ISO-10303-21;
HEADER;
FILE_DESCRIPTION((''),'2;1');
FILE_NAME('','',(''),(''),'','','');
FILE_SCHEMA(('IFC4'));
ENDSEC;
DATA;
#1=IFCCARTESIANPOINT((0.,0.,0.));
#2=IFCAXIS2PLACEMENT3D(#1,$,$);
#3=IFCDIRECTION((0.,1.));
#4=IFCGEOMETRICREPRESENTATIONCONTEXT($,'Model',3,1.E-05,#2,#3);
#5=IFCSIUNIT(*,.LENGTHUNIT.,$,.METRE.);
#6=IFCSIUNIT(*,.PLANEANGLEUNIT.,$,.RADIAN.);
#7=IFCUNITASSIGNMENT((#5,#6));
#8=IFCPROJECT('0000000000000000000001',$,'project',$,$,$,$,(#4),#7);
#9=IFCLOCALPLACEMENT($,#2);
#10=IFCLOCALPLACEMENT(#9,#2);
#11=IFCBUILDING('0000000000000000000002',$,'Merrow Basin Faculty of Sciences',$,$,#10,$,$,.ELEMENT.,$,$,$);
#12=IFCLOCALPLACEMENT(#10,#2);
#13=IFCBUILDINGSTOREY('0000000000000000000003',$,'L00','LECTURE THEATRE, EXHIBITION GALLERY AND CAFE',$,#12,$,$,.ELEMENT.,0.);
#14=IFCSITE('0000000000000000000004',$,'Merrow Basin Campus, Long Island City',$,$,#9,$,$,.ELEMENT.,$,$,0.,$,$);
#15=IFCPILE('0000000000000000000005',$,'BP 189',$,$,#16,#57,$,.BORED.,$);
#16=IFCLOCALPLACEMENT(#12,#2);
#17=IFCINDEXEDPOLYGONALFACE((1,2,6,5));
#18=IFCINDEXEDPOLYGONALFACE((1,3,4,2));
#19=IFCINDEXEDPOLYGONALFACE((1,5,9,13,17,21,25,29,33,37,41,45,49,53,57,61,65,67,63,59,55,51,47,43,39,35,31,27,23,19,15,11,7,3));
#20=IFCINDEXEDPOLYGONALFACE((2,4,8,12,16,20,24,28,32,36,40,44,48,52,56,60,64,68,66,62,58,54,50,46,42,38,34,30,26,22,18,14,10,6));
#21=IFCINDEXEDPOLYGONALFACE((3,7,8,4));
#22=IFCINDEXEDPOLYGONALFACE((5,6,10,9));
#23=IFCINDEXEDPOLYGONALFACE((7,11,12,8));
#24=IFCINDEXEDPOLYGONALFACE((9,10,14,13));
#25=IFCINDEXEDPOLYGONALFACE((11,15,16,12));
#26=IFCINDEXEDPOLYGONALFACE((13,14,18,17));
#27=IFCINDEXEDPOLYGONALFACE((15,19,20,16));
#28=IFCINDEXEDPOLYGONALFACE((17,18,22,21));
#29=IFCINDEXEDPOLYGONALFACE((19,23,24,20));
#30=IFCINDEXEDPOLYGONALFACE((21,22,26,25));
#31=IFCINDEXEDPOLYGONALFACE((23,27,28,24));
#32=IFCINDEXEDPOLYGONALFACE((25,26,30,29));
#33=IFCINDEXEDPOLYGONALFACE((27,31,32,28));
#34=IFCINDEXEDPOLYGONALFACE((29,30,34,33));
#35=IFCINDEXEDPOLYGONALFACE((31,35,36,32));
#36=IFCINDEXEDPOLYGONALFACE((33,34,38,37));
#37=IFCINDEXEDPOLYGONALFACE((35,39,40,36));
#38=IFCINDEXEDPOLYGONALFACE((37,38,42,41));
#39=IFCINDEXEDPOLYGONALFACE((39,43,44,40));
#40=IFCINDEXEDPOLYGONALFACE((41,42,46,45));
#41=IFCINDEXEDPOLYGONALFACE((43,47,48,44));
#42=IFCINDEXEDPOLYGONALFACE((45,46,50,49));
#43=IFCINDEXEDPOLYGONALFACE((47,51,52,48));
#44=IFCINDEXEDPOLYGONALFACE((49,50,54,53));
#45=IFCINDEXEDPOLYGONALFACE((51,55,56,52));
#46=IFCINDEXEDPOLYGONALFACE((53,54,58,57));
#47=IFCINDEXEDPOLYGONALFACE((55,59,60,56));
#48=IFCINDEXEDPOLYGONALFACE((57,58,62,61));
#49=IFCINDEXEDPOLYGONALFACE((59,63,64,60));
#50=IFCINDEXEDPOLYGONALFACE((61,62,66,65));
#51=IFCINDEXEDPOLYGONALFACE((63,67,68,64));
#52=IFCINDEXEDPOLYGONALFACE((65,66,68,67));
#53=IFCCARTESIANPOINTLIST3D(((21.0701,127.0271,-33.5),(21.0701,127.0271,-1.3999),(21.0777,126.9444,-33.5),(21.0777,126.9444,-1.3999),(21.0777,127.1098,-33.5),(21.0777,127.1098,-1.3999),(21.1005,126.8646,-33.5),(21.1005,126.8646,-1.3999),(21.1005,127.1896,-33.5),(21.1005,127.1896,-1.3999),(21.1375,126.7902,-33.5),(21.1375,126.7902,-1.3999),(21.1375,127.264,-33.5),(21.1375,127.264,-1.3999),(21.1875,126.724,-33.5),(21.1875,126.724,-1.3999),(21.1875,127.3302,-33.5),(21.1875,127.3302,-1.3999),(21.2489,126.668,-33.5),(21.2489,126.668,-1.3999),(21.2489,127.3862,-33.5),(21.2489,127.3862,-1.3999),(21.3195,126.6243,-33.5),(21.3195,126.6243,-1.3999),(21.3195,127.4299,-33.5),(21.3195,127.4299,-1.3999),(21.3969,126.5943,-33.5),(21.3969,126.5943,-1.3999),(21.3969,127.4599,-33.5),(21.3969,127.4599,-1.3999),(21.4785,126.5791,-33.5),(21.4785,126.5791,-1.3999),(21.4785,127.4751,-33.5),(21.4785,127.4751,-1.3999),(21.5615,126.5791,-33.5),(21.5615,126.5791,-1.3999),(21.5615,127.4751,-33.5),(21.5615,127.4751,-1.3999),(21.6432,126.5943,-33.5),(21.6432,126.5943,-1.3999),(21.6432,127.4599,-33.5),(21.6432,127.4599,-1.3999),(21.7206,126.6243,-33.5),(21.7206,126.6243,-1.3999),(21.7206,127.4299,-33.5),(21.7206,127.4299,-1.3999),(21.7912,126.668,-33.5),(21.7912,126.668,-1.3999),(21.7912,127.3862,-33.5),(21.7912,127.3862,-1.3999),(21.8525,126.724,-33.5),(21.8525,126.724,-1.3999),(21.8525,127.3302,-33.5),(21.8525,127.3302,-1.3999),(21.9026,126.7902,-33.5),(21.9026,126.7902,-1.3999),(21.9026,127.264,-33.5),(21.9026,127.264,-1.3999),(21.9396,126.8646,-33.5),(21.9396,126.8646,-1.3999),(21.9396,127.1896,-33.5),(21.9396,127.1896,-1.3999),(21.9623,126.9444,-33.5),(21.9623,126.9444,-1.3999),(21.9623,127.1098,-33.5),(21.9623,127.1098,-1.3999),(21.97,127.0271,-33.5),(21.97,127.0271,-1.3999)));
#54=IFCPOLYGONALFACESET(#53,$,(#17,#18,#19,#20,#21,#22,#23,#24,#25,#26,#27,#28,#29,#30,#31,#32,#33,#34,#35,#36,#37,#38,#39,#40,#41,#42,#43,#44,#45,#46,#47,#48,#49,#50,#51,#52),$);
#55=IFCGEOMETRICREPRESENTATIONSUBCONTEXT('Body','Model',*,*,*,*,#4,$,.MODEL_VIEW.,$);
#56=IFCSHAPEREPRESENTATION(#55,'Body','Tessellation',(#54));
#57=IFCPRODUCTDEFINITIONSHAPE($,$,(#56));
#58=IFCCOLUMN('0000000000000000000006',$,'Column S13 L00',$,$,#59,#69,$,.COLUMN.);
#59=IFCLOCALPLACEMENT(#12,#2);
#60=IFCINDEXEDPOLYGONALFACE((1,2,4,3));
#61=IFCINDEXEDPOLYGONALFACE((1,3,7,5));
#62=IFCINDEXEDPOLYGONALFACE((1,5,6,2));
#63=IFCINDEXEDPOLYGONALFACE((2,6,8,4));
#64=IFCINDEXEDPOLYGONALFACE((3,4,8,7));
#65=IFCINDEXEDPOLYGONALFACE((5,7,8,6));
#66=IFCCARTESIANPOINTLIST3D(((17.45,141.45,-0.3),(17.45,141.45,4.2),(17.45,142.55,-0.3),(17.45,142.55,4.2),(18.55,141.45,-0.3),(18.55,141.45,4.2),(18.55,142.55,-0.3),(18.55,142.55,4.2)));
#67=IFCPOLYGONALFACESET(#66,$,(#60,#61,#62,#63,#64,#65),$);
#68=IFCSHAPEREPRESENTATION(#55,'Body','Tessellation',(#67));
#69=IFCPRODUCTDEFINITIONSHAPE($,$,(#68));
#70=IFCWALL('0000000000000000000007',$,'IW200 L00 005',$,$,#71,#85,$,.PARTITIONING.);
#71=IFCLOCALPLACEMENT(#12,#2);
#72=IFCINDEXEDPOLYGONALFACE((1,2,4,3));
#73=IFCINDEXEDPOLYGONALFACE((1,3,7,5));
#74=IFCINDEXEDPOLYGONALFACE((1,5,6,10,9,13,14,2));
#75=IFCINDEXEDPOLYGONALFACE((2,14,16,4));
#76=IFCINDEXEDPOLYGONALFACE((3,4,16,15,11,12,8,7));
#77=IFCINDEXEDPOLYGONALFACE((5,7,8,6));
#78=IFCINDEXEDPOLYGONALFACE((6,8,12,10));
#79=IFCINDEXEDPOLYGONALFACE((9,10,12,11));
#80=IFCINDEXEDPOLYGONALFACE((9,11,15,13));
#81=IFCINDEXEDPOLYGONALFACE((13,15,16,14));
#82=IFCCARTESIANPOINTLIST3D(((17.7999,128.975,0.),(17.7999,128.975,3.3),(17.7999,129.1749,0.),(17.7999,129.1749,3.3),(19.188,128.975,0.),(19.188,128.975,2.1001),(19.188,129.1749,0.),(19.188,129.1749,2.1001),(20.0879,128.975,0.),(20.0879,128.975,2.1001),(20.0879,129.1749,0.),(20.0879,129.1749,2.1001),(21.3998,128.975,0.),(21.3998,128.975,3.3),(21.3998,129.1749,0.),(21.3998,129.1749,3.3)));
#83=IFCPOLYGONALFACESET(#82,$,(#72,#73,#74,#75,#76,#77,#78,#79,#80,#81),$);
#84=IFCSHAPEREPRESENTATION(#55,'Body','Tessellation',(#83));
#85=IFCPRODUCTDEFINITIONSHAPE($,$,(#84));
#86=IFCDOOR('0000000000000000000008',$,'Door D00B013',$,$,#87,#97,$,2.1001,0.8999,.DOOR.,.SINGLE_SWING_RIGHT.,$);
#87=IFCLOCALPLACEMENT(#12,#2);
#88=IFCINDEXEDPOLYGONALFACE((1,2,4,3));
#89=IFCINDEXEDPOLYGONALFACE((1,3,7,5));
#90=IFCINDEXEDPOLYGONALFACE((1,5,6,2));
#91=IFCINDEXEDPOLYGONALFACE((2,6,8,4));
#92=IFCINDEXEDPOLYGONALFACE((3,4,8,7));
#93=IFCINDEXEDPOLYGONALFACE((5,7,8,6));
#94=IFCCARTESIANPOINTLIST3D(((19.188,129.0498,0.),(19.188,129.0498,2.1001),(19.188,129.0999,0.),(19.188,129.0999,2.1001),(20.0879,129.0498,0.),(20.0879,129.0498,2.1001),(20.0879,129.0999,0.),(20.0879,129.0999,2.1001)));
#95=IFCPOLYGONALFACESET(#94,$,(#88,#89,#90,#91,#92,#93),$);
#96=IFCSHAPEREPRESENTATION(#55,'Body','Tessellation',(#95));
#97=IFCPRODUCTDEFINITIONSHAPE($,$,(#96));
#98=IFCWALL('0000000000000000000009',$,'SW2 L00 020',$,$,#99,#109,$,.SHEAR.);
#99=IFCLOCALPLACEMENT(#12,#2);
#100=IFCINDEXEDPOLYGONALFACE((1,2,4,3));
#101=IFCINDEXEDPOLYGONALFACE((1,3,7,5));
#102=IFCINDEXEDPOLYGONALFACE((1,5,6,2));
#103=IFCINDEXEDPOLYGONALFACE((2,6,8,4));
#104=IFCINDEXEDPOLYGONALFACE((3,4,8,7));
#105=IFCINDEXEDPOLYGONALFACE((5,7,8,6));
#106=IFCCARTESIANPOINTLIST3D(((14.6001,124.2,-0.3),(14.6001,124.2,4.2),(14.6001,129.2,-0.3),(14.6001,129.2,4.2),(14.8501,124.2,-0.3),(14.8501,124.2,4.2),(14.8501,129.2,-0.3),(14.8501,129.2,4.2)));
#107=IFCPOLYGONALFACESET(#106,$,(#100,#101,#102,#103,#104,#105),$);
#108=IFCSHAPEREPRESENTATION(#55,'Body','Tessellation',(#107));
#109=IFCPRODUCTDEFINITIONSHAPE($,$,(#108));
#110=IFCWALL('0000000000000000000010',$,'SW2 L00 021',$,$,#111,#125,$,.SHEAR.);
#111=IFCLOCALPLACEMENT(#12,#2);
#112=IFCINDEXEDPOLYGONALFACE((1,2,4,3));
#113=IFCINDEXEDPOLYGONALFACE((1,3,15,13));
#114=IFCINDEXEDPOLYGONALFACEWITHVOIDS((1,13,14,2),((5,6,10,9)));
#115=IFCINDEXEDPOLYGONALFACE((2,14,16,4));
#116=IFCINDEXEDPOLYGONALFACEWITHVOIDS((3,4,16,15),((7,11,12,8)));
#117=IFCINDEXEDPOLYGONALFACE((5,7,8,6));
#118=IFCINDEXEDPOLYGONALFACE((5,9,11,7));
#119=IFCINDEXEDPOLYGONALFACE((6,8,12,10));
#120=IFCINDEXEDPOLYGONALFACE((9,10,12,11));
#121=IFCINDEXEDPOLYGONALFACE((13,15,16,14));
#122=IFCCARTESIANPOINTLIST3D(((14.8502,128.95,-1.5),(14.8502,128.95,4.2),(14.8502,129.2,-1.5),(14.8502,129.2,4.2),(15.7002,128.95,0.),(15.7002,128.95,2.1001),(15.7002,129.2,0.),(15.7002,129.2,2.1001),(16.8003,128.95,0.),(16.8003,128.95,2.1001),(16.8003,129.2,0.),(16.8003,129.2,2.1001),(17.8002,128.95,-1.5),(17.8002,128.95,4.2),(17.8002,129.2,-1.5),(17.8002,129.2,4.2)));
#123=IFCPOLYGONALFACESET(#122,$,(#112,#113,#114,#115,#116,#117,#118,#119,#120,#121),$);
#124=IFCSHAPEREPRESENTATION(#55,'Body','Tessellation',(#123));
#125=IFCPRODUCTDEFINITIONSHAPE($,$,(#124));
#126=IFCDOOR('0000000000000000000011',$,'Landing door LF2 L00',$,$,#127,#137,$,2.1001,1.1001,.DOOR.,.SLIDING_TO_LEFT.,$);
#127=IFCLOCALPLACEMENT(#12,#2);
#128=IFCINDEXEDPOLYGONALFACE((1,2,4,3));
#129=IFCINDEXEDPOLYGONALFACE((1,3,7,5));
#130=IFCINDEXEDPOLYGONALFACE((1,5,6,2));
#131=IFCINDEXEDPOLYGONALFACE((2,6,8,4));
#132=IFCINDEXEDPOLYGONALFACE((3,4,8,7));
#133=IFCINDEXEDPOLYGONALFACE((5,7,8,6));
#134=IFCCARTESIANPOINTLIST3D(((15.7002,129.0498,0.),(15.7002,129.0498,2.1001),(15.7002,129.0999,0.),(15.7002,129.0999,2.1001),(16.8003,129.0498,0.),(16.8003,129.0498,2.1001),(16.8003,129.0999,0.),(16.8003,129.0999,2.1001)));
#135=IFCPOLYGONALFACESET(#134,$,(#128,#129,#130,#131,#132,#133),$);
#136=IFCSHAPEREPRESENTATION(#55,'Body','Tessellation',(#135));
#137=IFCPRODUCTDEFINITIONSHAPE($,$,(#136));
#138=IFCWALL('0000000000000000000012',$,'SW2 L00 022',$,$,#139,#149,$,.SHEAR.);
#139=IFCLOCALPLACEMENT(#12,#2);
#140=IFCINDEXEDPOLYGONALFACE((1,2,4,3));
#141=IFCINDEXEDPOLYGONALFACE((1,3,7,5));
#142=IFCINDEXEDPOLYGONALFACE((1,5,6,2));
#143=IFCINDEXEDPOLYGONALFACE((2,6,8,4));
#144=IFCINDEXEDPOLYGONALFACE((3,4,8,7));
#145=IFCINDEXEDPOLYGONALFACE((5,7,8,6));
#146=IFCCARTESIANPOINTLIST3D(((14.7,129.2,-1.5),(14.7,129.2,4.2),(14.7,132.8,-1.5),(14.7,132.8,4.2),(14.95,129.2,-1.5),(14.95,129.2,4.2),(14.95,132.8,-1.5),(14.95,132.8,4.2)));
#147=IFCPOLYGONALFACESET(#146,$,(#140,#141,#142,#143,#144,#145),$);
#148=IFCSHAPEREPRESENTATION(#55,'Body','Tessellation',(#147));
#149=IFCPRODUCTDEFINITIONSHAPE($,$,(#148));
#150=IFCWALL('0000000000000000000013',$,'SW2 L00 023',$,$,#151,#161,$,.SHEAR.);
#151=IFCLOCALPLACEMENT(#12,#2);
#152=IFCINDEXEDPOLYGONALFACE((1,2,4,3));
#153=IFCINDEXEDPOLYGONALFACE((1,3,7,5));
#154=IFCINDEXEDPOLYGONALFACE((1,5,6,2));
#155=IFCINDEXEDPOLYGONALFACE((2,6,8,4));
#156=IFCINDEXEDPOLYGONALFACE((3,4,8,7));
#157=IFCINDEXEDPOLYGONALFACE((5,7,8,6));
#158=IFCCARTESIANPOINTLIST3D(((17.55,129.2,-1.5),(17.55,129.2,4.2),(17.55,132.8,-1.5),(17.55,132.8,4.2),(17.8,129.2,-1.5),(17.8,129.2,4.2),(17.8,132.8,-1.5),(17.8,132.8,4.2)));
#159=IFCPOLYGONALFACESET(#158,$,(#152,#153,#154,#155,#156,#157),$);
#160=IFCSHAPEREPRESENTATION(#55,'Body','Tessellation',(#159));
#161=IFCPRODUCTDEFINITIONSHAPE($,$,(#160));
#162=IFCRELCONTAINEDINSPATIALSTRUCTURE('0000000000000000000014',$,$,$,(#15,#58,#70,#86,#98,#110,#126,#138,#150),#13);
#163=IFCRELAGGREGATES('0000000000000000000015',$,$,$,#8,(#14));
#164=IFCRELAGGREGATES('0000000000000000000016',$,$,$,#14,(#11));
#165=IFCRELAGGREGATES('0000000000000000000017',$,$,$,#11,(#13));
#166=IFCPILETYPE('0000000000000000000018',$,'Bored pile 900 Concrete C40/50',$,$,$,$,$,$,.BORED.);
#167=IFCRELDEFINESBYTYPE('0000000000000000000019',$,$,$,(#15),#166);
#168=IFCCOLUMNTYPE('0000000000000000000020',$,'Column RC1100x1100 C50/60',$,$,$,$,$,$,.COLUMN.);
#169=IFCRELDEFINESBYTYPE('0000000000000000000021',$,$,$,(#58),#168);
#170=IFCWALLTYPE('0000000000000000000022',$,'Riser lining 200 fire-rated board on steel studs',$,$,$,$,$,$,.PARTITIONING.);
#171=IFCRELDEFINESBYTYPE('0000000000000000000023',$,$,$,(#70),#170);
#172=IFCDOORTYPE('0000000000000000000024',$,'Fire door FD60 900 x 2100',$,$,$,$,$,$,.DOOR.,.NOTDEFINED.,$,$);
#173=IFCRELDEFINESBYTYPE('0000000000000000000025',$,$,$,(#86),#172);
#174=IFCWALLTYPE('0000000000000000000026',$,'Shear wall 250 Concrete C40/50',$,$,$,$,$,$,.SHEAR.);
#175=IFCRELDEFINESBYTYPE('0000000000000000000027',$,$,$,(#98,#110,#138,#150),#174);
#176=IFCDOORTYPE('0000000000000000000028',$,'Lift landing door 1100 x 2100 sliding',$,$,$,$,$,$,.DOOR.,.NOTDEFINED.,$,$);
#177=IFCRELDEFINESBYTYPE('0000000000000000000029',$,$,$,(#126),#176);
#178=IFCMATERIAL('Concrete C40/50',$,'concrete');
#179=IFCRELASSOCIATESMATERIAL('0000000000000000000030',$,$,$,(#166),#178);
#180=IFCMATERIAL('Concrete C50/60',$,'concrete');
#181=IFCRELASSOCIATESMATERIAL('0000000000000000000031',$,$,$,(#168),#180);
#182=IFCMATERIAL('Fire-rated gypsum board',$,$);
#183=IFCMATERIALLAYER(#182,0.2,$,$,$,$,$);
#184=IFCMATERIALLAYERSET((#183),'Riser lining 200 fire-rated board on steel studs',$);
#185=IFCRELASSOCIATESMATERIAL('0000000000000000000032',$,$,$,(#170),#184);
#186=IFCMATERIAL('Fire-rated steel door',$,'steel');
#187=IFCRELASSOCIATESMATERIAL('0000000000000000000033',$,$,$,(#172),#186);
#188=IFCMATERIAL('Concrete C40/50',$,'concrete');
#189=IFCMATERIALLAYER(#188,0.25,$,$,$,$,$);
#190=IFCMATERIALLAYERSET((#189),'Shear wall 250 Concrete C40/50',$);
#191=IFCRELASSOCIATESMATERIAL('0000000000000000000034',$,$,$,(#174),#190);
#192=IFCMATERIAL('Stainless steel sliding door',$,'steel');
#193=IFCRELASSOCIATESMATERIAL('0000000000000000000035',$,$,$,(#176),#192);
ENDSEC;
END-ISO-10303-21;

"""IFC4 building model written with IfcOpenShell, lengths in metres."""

from ifc_helpers import new_model, si_unit, direction, frame, frame_2d, origin, origin_2d, place, context, subcontext, project, spatial, rectangle, circle, extrude, material, layer, layer_set, material_profile, profile_set, type_object, element, fill, save


model = new_model("IFC4")

# Units and contexts
model_context = context("Model", 3, precision=1e-05, world=origin(), true_north=direction((0.0, 1.0)))
body_context = subcontext(model_context, "Body", "Model", "MODEL_VIEW")
ifc_project = project(units=[si_unit("LENGTHUNIT", "METRE"), si_unit("PLANEANGLEUNIT", "RADIAN")], contexts=[model_context])

# Site, building, storey
site_placement = place(None, origin())
site = spatial("IfcSite", under=ifc_project, at=site_placement, Name="Merrow Basin Campus, Long Island City", CompositionType="ELEMENT", RefElevation=0.0)
building_placement = place(site_placement, origin())
building = spatial("IfcBuilding", under=site, at=building_placement, Name="Merrow Basin Faculty of Sciences", CompositionType="ELEMENT")
storey_placement = place(building_placement, origin())
storey = spatial("IfcBuildingStorey", under=building, at=storey_placement, Name="L00", Description="LECTURE THEATRE, EXHIBITION GALLERY AND CAFE", CompositionType="ELEMENT", Elevation=0.0)

# Pile
ifc_material_1 = material(Name="Concrete C40/50", Category="concrete")
ifc_material_profile_1 = material_profile(ifc_material_1, circle(Radius=0.45, at=origin_2d()))
ifc_profile_set_1 = profile_set([ifc_material_profile_1], Name="Concrete C40/50")
pile_type_1 = type_object("IfcPileType", Name="Bored pile 900 Concrete C40/50", PredefinedType="BORED", material=ifc_profile_set_1)
for number, where, z_axis, x_axis, name in (
    (1, (21.52, 127.0271, -1.3999), (0.0, 0.0, -1.0), (1.0, 0.0, 0.0), "BP 189"),
):
    element("IfcPile", number, at=place(storey_placement, frame(where, z_axis=z_axis, x_axis=x_axis)), inside=storey, type_object=pile_type_1, Name=name, PredefinedType="BORED", context=body_context, shape_type="SweptSolid", body=[
        extrude(circle(Radius=0.45, at=origin_2d()), origin(), (0.0, 0.0, 1.0), 32.1001),
    ])

# Column
ifc_material_2 = material(Name="Concrete C50/60", Category="concrete")
ifc_material_profile_2 = material_profile(ifc_material_2, rectangle(XDim=1.1001, YDim=1.1001, at=origin_2d()))
ifc_profile_set_2 = profile_set([ifc_material_profile_2], Name="Concrete C50/60")
column_type = type_object("IfcColumnType", Name="Column RC1100x1100 C50/60", PredefinedType="COLUMN", material=ifc_profile_set_2)
column_placement = place(storey_placement, frame((18.0, 142.0, -0.3), z_axis=(0.0, 0.0, 1.0), x_axis=(1.0, 0.0, 0.0)))
element("IfcColumn", 2, at=column_placement, inside=storey, type_object=column_type, Name="Column S13 L00", PredefinedType="COLUMN", context=body_context, shape_type="SweptSolid", body=[
    extrude(rectangle(XDim=1.1001, YDim=1.1001, at=origin_2d()), origin(), (0.0, 0.0, 1.0), 4.5),
])

# Wall, opening, door
ifc_material_3 = material(Name="Fire-rated gypsum board")
ifc_layer_1 = layer(ifc_material_3, 0.2)
ifc_layer_set_1 = layer_set([ifc_layer_1], Name="Riser lining 200 fire-rated board on steel studs")
wall_type_1 = type_object("IfcWallType", Name="Riser lining 200 fire-rated board on steel studs", PredefinedType="PARTITIONING", material=ifc_layer_set_1)
wall_1_placement = place(storey_placement, frame((17.8, 129.075, 0.0), z_axis=(0.0, 0.0, 1.0), x_axis=(1.0, 0.0, 0.0)))
wall_1 = element("IfcWall", 3, at=wall_1_placement, inside=storey, type_object=wall_type_1, Name="IW200 L00 005", PredefinedType="PARTITIONING", context=body_context, shape_type="SweptSolid", body=[
    extrude(rectangle(XDim=3.5999, YDim=0.2, at=frame_2d((1.7998, 0.0))), origin(), (0.0, 0.0, 1.0), 3.3),
])
opening_1_placement = place(wall_1_placement, frame((1.3879, 0.0, 0.0)))
opening_1 = element("IfcOpeningElement", 4, at=opening_1_placement, cuts=wall_1, PredefinedType="OPENING", context=body_context, shape_type="SweptSolid", body=[
    extrude(rectangle(XDim=0.8999, YDim=2.1001, at=frame_2d((0.45, 1.05))), frame((0.0, 0.1099, 0.0), z_axis=(0.0, -1.0, 0.0), x_axis=(1.0, 0.0, 0.0)), (0.0, 0.0, 1.0), 0.22),
])
ifc_material_4 = material(Name="Fire-rated steel door", Category="steel")
door_type_1 = type_object("IfcDoorType", Name="Fire door FD60 900 x 2100", OperationType="NOTDEFINED", PredefinedType="DOOR", material=ifc_material_4)
door_1_placement = place(opening_1_placement, origin())
door_1 = element("IfcDoor", 5, at=door_1_placement, inside=storey, type_object=door_type_1, Name="Door D00B013", OperationType="SINGLE_SWING_RIGHT", OverallHeight=2.1001, OverallWidth=0.8999, PredefinedType="DOOR", context=body_context, shape_type="SweptSolid", body=[
    extrude(rectangle(XDim=0.8999, YDim=2.1001, at=frame_2d((0.45, 1.05))), frame((0.0, 0.0249, 0.0), z_axis=(0.0, -1.0, 0.0), x_axis=(1.0, 0.0, 0.0)), (0.0, 0.0, 1.0), 0.05),
])
fill(opening_1, door_1)

# Wall
ifc_material_5 = material(Name="Concrete C40/50", Category="concrete")
ifc_layer_2 = layer(ifc_material_5, 0.25)
ifc_layer_set_2 = layer_set([ifc_layer_2], Name="Shear wall 250 Concrete C40/50")
wall_type_2 = type_object("IfcWallType", Name="Shear wall 250 Concrete C40/50", PredefinedType="SHEAR", material=ifc_layer_set_2)
wall_2_placement = place(storey_placement, frame((14.7251, 124.2, -0.3), z_axis=(0.0, 0.0, 1.0), x_axis=(0.0, 1.0, 0.0)))
element("IfcWall", 6, at=wall_2_placement, inside=storey, type_object=wall_type_2, Name="SW2 L00 020", PredefinedType="SHEAR", context=body_context, shape_type="SweptSolid", body=[
    extrude(rectangle(XDim=5.0, YDim=0.25, at=frame_2d((2.5, 0.0))), origin(), (0.0, 0.0, 1.0), 4.5),
])

# Wall, opening, door
wall_3_placement = place(storey_placement, frame((14.8501, 129.075, -1.5), z_axis=(0.0, 0.0, 1.0), x_axis=(1.0, 0.0, 0.0)))
wall_3 = element("IfcWall", 7, at=wall_3_placement, inside=storey, type_object=wall_type_2, Name="SW2 L00 021", PredefinedType="SHEAR", context=body_context, shape_type="SweptSolid", body=[
    extrude(rectangle(XDim=2.95, YDim=0.25, at=frame_2d((1.4751, 0.0))), origin(), (0.0, 0.0, 1.0), 5.7),
])
opening_2_placement = place(wall_3_placement, frame((0.8501, 0.0, 1.5)))
opening_2 = element("IfcOpeningElement", 8, at=opening_2_placement, cuts=wall_3, PredefinedType="OPENING", context=body_context, shape_type="SweptSolid", body=[
    extrude(rectangle(XDim=1.1001, YDim=2.1001, at=frame_2d((0.55, 1.05))), frame((0.0, 0.135, 0.0), z_axis=(0.0, -1.0, 0.0), x_axis=(1.0, 0.0, 0.0)), (0.0, 0.0, 1.0), 0.27),
])
ifc_material_6 = material(Name="Stainless steel sliding door", Category="steel")
door_type_2 = type_object("IfcDoorType", Name="Lift landing door 1100 x 2100 sliding", OperationType="NOTDEFINED", PredefinedType="DOOR", material=ifc_material_6)
door_2_placement = place(opening_2_placement, origin())
door_2 = element("IfcDoor", 9, at=door_2_placement, inside=storey, type_object=door_type_2, Name="Landing door LF2 L00", OperationType="SLIDING_TO_LEFT", OverallHeight=2.1001, OverallWidth=1.1001, PredefinedType="DOOR", context=body_context, shape_type="SweptSolid", body=[
    extrude(rectangle(XDim=1.1001, YDim=2.1001, at=frame_2d((0.55, 1.05))), frame((0.0, 0.0249, 0.0), z_axis=(0.0, -1.0, 0.0), x_axis=(1.0, 0.0, 0.0)), (0.0, 0.0, 1.0), 0.05),
])
fill(opening_2, door_2)

# Walls
for number, where, z_axis, x_axis, name in (
    (10, (14.825, 129.2, -1.5), (0.0, 0.0, 1.0), (0.0, 1.0, 0.0), "SW2 L00 022"),
    (11, (17.675, 129.2, -1.5), (0.0, 0.0, 1.0), (0.0, 1.0, 0.0), "SW2 L00 023"),
):
    element("IfcWall", number, at=place(storey_placement, frame(where, z_axis=z_axis, x_axis=x_axis)), inside=storey, type_object=wall_type_2, Name=name, PredefinedType="SHEAR", context=body_context, shape_type="SweptSolid", body=[
        extrude(rectangle(XDim=3.6001, YDim=0.25, at=frame_2d((1.8, 0.0))), origin(), (0.0, 0.0, 1.0), 5.7),
    ])

save(model, "model.ifc")
